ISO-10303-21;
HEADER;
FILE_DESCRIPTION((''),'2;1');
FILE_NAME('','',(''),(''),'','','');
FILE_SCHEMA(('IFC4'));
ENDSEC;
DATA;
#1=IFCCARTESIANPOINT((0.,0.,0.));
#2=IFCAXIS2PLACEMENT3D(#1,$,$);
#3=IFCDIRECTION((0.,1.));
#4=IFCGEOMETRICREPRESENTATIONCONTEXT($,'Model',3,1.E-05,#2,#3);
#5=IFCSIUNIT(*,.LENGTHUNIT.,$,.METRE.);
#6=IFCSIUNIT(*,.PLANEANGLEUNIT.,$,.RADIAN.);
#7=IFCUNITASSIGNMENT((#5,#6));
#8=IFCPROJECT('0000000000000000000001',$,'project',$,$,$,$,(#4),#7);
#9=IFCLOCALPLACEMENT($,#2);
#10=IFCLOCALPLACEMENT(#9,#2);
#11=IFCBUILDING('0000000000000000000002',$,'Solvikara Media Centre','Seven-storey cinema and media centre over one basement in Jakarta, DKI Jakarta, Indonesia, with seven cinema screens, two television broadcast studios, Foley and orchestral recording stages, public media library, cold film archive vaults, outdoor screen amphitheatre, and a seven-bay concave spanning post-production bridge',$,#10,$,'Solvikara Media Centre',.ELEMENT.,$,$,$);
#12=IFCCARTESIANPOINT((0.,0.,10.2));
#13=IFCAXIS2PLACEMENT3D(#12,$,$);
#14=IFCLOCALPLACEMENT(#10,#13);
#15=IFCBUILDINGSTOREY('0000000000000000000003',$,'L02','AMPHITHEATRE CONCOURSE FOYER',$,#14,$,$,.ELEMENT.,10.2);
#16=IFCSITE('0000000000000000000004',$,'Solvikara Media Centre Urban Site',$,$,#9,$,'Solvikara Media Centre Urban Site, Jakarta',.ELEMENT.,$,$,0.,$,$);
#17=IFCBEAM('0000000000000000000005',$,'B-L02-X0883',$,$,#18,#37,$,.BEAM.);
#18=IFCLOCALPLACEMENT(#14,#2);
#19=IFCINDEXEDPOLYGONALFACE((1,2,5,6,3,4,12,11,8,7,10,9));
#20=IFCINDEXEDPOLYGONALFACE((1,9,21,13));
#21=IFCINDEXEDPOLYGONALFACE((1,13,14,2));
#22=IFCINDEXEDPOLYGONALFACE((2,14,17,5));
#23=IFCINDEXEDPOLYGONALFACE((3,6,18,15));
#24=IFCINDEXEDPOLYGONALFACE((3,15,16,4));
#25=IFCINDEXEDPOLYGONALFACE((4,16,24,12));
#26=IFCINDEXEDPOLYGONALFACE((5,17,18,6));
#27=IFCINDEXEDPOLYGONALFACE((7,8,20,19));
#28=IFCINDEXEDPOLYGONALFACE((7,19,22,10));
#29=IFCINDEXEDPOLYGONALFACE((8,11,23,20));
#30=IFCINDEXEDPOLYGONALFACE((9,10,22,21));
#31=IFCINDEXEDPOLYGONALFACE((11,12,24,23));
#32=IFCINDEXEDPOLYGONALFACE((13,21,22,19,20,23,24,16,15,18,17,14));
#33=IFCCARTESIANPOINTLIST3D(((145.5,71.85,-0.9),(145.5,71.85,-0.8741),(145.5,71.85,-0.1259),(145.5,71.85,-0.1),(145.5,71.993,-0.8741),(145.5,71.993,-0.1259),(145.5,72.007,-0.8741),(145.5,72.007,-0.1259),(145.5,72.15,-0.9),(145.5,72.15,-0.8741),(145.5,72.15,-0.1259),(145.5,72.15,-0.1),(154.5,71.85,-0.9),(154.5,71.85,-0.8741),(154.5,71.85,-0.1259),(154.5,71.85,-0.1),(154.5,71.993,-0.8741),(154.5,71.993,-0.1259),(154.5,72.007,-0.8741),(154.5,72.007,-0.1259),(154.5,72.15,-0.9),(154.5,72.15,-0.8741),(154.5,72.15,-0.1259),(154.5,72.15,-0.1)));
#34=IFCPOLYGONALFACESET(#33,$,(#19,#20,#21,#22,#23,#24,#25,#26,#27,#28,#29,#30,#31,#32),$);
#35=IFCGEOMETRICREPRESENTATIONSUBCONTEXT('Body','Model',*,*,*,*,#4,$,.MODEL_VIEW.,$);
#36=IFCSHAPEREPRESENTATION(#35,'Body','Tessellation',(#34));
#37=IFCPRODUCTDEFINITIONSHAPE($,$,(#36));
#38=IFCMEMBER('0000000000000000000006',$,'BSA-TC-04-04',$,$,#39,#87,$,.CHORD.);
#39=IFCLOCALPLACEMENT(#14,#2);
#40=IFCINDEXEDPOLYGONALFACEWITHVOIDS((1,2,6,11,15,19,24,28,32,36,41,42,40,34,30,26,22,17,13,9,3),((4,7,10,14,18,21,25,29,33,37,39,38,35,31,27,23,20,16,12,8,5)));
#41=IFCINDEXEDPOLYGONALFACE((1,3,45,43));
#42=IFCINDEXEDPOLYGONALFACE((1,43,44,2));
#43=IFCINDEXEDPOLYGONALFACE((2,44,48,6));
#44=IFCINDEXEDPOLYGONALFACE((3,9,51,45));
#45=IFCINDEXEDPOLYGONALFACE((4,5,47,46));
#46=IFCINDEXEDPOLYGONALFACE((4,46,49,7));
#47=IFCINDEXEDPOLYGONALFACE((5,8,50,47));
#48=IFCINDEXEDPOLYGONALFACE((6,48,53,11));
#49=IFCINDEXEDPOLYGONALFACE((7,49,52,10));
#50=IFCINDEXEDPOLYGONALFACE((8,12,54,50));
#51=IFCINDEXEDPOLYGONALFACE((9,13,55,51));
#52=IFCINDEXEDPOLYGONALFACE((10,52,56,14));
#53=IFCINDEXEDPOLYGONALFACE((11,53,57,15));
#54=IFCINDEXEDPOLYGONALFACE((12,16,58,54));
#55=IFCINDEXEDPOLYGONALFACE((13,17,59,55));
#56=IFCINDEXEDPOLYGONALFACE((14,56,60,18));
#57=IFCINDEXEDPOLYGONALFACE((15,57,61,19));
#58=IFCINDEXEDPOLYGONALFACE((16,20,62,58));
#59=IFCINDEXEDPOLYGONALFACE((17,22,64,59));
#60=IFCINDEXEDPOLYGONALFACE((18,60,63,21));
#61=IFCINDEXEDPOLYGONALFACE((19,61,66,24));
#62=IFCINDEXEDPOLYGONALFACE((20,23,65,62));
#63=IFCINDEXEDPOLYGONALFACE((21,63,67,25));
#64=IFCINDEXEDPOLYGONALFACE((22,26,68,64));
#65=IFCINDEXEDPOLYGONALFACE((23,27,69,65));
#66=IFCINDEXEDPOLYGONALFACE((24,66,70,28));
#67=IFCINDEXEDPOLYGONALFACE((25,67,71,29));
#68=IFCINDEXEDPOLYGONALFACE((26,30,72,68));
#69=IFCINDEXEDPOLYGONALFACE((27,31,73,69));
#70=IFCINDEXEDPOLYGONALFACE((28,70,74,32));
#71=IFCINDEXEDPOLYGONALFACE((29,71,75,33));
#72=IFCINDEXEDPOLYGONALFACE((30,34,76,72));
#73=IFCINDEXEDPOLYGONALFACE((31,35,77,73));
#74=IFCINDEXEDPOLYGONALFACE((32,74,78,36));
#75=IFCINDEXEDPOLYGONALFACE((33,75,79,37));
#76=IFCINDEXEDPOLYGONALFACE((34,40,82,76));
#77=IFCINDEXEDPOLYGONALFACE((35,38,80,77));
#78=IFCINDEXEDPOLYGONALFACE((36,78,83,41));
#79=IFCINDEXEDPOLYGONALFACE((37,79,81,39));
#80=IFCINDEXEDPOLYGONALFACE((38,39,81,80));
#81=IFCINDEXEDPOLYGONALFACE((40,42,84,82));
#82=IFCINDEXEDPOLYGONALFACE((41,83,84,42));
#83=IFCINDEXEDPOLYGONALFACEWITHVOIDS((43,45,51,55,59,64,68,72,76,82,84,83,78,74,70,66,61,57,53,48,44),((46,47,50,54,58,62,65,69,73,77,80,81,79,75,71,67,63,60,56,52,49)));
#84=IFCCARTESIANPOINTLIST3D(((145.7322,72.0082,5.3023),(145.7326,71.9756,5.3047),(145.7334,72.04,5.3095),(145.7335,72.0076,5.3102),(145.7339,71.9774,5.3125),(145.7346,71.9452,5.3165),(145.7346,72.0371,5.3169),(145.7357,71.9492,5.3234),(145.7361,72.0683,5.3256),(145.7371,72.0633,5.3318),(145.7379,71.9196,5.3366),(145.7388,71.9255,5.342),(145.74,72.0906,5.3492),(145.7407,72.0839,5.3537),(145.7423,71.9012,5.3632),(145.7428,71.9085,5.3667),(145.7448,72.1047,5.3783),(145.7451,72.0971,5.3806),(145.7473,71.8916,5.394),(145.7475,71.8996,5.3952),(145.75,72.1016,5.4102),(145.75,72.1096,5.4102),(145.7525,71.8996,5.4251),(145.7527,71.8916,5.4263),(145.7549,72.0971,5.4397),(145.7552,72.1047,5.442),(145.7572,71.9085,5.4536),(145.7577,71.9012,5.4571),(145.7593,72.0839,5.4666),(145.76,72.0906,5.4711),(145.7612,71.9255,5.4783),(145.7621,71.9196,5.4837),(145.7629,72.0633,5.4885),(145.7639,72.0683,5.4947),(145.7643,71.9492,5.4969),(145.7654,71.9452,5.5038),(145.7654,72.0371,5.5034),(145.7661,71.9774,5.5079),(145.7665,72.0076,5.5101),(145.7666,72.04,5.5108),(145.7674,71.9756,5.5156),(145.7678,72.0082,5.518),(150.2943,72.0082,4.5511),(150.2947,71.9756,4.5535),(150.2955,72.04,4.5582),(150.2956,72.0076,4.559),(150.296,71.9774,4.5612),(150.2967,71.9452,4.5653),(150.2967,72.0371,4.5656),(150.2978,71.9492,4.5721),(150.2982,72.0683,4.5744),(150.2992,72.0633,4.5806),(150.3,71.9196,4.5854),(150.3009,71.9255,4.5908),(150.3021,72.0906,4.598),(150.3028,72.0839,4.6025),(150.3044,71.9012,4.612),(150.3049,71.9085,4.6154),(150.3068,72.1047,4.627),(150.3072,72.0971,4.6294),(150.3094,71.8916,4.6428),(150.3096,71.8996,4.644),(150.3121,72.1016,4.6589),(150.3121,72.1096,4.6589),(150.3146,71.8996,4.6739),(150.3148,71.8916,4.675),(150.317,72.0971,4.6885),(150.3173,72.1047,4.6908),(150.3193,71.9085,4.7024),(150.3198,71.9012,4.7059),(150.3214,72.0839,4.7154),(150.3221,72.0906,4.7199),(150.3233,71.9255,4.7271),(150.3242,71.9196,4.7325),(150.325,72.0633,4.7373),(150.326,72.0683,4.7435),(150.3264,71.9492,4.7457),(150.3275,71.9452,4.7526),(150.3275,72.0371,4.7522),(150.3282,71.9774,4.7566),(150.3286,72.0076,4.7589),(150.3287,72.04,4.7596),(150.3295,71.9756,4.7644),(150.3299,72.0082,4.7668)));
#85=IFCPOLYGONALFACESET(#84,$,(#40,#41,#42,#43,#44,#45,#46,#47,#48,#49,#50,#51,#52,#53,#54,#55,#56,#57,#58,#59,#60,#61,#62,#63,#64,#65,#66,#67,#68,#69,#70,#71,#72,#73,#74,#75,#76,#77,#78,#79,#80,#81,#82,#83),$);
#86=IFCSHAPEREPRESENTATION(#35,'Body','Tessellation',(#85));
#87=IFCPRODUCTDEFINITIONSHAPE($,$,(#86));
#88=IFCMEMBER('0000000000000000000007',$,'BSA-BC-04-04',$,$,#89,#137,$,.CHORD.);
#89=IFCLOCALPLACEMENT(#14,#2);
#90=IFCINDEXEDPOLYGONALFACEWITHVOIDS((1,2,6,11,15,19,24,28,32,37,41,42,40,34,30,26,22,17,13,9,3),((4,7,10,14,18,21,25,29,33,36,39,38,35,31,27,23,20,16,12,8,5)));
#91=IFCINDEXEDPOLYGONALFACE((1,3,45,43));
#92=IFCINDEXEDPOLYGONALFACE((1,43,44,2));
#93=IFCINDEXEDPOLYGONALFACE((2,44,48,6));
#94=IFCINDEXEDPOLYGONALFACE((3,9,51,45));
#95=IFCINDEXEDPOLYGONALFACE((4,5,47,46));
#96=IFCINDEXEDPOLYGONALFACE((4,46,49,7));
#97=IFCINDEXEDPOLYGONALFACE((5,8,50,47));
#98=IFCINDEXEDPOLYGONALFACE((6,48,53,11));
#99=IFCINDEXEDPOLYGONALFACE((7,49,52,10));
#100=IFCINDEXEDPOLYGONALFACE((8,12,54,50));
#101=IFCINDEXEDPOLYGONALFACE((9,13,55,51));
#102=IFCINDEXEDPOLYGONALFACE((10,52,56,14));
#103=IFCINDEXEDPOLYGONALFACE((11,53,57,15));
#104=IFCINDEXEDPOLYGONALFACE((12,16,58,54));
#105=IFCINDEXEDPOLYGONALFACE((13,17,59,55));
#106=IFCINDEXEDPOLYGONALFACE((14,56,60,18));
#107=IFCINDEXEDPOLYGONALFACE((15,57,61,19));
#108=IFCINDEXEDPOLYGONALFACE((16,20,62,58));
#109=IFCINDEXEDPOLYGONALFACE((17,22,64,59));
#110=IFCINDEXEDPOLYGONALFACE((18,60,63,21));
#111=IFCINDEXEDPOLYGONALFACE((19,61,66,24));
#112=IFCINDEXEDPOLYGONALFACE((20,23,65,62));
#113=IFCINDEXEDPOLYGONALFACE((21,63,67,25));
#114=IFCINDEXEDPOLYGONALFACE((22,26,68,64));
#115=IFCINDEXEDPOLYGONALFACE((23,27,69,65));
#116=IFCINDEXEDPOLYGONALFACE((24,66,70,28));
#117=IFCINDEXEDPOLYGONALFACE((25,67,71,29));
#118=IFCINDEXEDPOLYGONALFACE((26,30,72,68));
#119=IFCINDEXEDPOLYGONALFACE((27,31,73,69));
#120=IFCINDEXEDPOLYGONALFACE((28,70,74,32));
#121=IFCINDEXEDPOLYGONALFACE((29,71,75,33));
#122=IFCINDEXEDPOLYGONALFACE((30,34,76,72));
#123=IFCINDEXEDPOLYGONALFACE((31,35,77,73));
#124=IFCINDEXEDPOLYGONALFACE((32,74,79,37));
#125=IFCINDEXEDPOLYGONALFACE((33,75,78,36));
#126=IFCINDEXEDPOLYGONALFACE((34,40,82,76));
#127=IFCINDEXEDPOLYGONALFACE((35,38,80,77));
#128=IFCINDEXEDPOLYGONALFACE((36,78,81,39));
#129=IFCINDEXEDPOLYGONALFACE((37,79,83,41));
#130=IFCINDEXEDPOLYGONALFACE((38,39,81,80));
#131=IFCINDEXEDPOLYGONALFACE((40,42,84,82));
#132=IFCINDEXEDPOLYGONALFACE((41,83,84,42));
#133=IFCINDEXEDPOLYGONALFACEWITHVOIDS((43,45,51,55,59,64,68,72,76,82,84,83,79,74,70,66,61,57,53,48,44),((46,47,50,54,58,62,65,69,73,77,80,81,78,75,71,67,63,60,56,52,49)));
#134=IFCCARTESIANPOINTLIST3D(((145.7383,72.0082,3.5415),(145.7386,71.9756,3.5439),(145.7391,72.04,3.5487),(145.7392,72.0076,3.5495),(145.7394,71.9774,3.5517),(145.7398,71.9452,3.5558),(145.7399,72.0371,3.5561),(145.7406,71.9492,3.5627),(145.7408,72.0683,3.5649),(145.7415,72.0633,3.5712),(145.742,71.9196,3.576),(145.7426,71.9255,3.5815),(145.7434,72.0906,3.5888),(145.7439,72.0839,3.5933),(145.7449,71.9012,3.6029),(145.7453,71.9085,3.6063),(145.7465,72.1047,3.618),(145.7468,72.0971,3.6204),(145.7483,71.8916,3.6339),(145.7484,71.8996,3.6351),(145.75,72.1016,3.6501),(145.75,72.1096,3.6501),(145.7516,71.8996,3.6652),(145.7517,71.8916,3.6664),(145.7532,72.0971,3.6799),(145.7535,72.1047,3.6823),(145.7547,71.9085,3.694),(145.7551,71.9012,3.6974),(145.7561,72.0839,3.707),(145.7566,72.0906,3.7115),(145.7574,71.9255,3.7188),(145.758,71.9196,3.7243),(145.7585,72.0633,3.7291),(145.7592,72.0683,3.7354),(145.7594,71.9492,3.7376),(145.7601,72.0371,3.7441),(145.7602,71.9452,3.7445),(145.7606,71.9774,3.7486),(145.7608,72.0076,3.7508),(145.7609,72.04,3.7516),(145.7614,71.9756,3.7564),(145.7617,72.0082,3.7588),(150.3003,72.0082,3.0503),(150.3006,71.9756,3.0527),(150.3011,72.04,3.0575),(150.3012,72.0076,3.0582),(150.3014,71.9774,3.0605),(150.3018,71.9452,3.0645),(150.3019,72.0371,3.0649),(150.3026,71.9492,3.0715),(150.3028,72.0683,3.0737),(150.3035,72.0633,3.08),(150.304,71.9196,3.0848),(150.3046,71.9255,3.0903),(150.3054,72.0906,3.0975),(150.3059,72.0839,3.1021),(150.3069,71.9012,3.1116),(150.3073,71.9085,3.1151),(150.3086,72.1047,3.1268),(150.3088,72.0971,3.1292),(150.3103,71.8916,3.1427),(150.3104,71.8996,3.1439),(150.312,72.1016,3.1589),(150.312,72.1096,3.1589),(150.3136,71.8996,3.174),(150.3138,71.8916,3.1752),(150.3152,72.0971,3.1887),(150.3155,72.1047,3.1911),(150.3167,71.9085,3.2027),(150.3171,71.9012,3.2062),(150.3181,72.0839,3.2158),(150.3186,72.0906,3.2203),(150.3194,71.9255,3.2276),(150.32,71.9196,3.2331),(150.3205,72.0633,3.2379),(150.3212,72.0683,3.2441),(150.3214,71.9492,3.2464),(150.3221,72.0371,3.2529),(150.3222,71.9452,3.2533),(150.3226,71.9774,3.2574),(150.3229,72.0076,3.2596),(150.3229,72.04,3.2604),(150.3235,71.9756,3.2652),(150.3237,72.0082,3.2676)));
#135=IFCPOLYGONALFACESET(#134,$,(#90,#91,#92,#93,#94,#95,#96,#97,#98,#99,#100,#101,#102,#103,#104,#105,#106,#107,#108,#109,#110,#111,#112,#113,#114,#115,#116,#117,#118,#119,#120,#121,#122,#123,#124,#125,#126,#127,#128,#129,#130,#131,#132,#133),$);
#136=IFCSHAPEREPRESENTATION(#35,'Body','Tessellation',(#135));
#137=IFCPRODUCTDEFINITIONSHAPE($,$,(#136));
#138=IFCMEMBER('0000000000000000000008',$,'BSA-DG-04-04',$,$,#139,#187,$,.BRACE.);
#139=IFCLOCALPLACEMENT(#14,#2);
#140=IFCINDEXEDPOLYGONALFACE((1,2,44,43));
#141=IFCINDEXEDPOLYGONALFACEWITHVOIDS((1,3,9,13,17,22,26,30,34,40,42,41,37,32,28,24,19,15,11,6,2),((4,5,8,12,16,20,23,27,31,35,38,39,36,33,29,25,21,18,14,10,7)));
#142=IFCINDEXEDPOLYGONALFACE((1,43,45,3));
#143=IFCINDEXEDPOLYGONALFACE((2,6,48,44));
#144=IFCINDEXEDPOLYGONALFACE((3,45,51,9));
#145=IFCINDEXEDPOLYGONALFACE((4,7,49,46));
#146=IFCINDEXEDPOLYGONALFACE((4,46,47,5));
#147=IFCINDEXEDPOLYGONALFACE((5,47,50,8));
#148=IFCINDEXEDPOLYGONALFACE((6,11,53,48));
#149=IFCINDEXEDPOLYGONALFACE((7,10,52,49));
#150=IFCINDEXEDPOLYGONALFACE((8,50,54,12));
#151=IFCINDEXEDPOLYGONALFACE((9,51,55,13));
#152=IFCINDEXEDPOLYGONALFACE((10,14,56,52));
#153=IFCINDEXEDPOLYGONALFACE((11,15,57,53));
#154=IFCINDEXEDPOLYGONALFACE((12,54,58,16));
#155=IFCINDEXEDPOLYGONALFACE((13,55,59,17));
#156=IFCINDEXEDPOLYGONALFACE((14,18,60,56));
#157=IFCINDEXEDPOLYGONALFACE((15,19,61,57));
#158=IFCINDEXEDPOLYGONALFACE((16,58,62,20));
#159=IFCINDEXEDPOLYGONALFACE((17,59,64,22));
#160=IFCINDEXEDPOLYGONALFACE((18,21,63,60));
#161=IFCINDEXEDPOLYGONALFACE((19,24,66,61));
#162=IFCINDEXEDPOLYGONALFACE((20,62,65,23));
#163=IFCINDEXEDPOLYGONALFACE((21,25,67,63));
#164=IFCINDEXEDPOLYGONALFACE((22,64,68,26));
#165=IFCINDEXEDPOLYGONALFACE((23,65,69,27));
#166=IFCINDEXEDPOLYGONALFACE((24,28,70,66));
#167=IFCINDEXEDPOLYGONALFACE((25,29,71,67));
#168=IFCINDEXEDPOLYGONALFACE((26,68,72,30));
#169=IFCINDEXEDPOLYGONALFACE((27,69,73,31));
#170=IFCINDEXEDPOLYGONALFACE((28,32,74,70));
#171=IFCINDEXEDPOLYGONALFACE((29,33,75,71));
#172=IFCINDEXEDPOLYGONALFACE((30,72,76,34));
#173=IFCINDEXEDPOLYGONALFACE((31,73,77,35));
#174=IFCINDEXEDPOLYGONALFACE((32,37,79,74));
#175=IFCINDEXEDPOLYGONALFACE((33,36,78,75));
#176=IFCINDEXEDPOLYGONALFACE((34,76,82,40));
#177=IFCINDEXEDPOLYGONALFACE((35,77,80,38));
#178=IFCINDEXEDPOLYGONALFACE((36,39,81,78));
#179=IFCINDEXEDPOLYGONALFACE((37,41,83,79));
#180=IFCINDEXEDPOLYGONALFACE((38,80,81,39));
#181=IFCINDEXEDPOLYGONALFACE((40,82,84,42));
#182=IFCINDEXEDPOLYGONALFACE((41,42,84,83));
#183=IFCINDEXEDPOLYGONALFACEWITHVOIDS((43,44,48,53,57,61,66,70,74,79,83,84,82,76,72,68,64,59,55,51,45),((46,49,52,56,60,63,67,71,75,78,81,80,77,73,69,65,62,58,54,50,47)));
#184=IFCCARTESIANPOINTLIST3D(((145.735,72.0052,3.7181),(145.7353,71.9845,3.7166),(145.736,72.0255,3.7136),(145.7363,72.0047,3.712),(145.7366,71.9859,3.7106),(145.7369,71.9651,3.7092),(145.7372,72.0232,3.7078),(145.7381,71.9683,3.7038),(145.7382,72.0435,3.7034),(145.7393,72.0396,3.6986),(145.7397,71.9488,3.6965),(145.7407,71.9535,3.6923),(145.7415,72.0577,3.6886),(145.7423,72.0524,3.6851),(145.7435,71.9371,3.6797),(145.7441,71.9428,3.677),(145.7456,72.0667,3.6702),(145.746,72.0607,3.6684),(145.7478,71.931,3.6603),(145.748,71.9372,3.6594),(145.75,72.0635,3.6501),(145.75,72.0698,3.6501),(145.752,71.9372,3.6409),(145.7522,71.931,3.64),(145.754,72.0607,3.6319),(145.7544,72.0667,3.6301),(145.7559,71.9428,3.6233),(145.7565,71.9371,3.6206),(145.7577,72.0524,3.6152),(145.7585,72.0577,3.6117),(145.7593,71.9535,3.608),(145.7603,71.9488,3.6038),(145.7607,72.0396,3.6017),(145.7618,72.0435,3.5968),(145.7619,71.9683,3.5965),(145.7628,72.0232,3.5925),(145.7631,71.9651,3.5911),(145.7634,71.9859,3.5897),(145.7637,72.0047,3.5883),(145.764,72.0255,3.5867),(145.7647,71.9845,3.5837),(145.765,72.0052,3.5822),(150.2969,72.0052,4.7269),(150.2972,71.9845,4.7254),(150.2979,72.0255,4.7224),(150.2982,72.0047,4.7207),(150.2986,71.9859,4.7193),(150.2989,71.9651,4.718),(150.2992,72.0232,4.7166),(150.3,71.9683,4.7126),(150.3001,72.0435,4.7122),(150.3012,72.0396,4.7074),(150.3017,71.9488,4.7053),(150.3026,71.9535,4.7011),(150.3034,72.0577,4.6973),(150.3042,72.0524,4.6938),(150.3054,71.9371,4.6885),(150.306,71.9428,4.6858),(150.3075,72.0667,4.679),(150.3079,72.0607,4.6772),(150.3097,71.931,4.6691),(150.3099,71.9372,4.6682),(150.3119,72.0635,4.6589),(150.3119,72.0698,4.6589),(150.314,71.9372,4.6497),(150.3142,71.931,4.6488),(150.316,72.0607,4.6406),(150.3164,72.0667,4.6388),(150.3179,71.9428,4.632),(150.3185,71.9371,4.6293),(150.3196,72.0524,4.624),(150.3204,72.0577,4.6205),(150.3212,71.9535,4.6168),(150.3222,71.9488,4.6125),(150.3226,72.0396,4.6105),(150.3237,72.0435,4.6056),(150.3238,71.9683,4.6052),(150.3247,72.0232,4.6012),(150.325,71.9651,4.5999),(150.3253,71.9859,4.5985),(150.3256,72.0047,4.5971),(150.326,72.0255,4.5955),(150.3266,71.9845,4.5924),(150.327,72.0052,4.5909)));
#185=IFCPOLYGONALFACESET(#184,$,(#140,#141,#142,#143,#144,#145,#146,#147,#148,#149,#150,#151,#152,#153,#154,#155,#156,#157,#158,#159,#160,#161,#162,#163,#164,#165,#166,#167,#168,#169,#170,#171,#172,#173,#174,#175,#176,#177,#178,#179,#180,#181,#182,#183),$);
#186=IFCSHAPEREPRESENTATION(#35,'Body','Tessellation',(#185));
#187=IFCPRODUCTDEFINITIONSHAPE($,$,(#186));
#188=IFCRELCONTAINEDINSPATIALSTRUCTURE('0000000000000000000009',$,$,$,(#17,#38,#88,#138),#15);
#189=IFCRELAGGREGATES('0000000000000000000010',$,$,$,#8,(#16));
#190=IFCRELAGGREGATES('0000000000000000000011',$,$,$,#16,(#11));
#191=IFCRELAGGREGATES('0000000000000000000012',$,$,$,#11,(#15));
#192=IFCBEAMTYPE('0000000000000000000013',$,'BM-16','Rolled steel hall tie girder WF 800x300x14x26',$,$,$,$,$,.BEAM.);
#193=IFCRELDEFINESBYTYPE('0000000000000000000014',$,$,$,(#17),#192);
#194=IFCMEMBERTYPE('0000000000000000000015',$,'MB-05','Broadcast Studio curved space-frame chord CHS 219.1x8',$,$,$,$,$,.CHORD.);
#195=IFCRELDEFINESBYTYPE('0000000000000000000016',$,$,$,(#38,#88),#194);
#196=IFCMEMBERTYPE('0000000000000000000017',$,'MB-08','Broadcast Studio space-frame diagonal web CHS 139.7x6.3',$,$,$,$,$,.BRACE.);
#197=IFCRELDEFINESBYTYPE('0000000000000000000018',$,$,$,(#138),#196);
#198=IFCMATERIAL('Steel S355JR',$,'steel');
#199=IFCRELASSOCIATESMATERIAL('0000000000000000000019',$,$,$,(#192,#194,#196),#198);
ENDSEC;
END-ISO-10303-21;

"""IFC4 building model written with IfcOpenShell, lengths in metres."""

from ifc_helpers import new_model, si_unit, direction, frame, origin, origin_2d, place, context, subcontext, project, spatial, hollow_circle, i_section, extrude, material, material_profile, profile_set, type_object, element, save


model = new_model("IFC4")

# Units and contexts
model_context = context("Model", 3, precision=1e-05, world=origin(), true_north=direction((0.0, 1.0)))
body_context = subcontext(model_context, "Body", "Model", "MODEL_VIEW")
ifc_project = project(units=[si_unit("LENGTHUNIT", "METRE"), si_unit("PLANEANGLEUNIT", "RADIAN")], contexts=[model_context])

# Site, building, storey
site_placement = place(None, origin())
site = spatial("IfcSite", under=ifc_project, at=site_placement, Name="Solvikara Media Centre Urban Site", LongName="Solvikara Media Centre Urban Site, Jakarta", CompositionType="ELEMENT", RefElevation=0.0)
building_placement = place(site_placement, origin())
building = spatial("IfcBuilding", under=site, at=building_placement, Name="Solvikara Media Centre", Description="Seven-storey cinema and media centre over one basement in Jakarta, DKI Jakarta, Indonesia, with seven cinema screens, two television broadcast studios, Foley and orchestral recording stages, public media library, cold film archive vaults, outdoor screen amphitheatre, and a seven-bay concave spanning post-production bridge", LongName="Solvikara Media Centre", CompositionType="ELEMENT")
storey_placement = place(building_placement, frame((0.0, 0.0, 10.2)))
storey = spatial("IfcBuildingStorey", under=building, at=storey_placement, Name="L02", Description="AMPHITHEATRE CONCOURSE FOYER", CompositionType="ELEMENT", Elevation=10.2)

# Beam
ifc_material_1 = material(Name="Steel S355JR", Category="steel")
ifc_material_profile_1 = material_profile(ifc_material_1, i_section(OverallWidth=0.3, OverallDepth=0.8, WebThickness=0.0139, FlangeThickness=0.0259, at=origin_2d()), Name="WF 800x300x14x26")
ifc_profile_set_1 = profile_set([ifc_material_profile_1], Name="Steel S355JR")
beam_type = type_object("IfcBeamType", Name="BM-16", Description="Rolled steel hall tie girder WF 800x300x14x26", PredefinedType="BEAM", material=ifc_profile_set_1)
beam_placement = place(storey_placement, frame((145.5, 72.0, -0.5), z_axis=(1.0, 0.0, 0.0), x_axis=(0.0, 1.0, 0.0)))
element("IfcBeam", 1, at=beam_placement, inside=storey, type_object=beam_type, Name="B-L02-X0883", PredefinedType="BEAM", context=body_context, shape_type="SweptSolid", body=[
    extrude(i_section(OverallWidth=0.3, OverallDepth=0.8, WebThickness=0.0139, FlangeThickness=0.0259, at=origin_2d()), origin(), (0.0, 0.0, 1.0), 9.0),
])

# Members
ifc_material_profile_2 = material_profile(ifc_material_1, hollow_circle(Radius=0.1096, WallThickness=0.0081, at=origin_2d()), Name="CHS 219.1x8")
ifc_profile_set_2 = profile_set([ifc_material_profile_2], Name="Steel S355JR")
member_type_1 = type_object("IfcMemberType", Name="MB-05", Description="Broadcast Studio curved space-frame chord CHS 219.1x8", PredefinedType="CHORD", material=ifc_profile_set_2)
member_1_placement = place(storey_placement, frame((145.75, 72.0, 5.4102), z_axis=(0.986712, 0.0, -0.162481), x_axis=(0.0, 1.0, 0.0)))
element("IfcMember", 2, at=member_1_placement, inside=storey, type_object=member_type_1, Name="BSA-TC-04-04", PredefinedType="CHORD", context=body_context, shape_type="SweptSolid", body=[
    extrude(hollow_circle(Radius=0.1096, WallThickness=0.0081, at=origin_2d()), origin(), (0.0, 0.0, 1.0), 4.6235),
])
member_2_placement = place(storey_placement, frame((145.75, 72.0, 3.6501), z_axis=(0.994253, 0.0, -0.107055), x_axis=(0.0, 1.0, 0.0)))
element("IfcMember", 3, at=member_2_placement, inside=storey, type_object=member_type_1, Name="BSA-BC-04-04", PredefinedType="CHORD", context=body_context, shape_type="SweptSolid", body=[
    extrude(hollow_circle(Radius=0.1096, WallThickness=0.0081, at=origin_2d()), origin(), (0.0, 0.0, 1.0), 4.5884),
])
ifc_material_profile_3 = material_profile(ifc_material_1, hollow_circle(Radius=0.0698, WallThickness=0.0063, at=origin_2d()), Name="CHS 139.7x6.3")
ifc_profile_set_3 = profile_set([ifc_material_profile_3], Name="Steel S355JR")
member_type_2 = type_object("IfcMemberType", Name="MB-08", Description="Broadcast Studio space-frame diagonal web CHS 139.7x6.3", PredefinedType="BRACE", material=ifc_profile_set_3)
member_3_placement = place(storey_placement, frame((145.75, 72.0, 3.6501), z_axis=(0.976413, 0.0, 0.215912), x_axis=(0.0, 1.0, 0.0)))
element("IfcMember", 4, at=member_3_placement, inside=storey, type_object=member_type_2, Name="BSA-DG-04-04", PredefinedType="BRACE", context=body_context, shape_type="SweptSolid", body=[
    extrude(hollow_circle(Radius=0.0698, WallThickness=0.0063, at=origin_2d()), origin(), (0.0, 0.0, 1.0), 4.6721),
])

save(model, "model.ifc")
